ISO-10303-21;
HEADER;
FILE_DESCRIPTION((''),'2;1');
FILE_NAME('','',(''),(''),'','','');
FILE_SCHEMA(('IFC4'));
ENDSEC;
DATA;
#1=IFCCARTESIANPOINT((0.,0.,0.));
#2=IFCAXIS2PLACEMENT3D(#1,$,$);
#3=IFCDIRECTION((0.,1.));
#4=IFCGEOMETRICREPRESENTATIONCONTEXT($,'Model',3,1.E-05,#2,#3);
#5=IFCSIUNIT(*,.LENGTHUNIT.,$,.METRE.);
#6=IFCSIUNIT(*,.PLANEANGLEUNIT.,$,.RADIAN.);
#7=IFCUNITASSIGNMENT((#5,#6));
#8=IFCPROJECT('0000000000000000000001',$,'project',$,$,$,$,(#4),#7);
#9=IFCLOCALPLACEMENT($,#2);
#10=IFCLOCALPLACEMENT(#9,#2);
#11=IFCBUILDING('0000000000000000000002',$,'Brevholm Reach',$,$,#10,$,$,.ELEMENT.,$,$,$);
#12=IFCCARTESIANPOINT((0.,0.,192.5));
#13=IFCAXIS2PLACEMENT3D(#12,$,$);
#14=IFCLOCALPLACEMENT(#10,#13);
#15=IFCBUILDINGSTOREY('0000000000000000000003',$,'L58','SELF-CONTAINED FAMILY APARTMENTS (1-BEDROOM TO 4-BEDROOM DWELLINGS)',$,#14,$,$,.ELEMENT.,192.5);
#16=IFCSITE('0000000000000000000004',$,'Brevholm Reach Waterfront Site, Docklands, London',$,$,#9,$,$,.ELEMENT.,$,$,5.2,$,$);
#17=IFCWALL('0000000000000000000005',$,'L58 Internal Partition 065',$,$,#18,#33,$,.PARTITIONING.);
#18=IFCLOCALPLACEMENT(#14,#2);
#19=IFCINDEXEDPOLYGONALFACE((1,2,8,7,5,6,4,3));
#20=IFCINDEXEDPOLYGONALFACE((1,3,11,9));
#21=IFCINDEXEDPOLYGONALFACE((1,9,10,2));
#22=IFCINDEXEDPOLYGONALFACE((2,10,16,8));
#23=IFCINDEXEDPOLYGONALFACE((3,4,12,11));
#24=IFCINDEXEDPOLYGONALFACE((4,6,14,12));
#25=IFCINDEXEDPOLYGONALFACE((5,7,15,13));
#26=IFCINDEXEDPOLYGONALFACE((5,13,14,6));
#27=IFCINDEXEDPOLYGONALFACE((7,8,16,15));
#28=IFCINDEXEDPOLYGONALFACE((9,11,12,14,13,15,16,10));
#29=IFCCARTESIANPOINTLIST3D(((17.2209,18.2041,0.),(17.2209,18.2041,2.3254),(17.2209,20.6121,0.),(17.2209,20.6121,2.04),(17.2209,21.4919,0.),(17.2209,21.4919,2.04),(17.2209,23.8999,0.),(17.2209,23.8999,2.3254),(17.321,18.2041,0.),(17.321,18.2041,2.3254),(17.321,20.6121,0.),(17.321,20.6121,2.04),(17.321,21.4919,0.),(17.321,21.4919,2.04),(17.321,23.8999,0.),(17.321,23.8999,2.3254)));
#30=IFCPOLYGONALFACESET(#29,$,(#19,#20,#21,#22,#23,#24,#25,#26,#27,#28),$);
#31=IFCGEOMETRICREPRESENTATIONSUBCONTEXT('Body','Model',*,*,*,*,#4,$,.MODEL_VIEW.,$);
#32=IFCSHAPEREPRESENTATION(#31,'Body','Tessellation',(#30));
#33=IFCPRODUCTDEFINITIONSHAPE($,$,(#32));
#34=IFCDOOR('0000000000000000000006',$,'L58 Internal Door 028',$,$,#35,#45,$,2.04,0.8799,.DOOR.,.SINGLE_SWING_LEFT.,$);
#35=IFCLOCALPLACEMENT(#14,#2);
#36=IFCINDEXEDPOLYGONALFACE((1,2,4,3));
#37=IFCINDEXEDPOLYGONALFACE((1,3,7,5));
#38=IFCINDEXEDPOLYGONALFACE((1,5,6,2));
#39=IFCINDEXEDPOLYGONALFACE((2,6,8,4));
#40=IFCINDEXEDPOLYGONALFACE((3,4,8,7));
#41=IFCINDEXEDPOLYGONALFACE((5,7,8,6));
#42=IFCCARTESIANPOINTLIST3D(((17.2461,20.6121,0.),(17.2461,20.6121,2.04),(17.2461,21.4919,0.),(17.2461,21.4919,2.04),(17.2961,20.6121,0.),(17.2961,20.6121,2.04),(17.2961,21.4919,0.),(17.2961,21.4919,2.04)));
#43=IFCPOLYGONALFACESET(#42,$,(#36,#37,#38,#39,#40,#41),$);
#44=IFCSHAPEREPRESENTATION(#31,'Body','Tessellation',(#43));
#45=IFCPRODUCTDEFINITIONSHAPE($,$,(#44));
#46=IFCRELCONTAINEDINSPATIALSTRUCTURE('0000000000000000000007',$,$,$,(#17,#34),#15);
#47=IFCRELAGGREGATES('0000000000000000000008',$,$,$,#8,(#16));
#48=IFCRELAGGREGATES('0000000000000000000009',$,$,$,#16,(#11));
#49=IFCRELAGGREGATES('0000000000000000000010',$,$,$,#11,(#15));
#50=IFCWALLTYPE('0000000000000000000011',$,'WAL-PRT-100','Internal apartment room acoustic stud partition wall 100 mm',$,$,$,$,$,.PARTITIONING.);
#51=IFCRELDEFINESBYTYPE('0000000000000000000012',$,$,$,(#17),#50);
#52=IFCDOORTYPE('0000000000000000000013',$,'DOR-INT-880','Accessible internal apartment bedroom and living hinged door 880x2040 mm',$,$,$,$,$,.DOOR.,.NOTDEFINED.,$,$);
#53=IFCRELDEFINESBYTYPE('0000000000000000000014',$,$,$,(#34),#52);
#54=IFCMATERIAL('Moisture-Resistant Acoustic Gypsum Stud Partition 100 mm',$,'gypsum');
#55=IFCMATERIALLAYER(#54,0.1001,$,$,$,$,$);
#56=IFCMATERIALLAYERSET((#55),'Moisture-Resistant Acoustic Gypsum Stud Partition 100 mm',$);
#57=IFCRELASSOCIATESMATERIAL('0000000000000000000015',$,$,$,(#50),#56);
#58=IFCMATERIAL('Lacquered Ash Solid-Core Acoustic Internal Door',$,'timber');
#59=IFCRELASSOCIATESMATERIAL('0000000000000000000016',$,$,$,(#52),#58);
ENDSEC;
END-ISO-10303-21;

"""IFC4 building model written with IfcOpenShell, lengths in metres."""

from ifc_helpers import new_model, si_unit, direction, frame, frame_2d, origin, place, context, subcontext, project, spatial, rectangle, extrude, material, layer, layer_set, type_object, element, fill, save


model = new_model("IFC4")

# Units and contexts
model_context = context("Model", 3, precision=1e-05, world=origin(), true_north=direction((0.0, 1.0)))
body_context = subcontext(model_context, "Body", "Model", "MODEL_VIEW")
ifc_project = project(units=[si_unit("LENGTHUNIT", "METRE"), si_unit("PLANEANGLEUNIT", "RADIAN")], contexts=[model_context])

# Site, building, storey
site_placement = place(None, origin())
site = spatial("IfcSite", under=ifc_project, at=site_placement, Name="Brevholm Reach Waterfront Site, Docklands, London", CompositionType="ELEMENT", RefElevation=5.2)
building_placement = place(site_placement, origin())
building = spatial("IfcBuilding", under=site, at=building_placement, Name="Brevholm Reach", CompositionType="ELEMENT")
storey_placement = place(building_placement, frame((0.0, 0.0, 192.5)))
storey = spatial("IfcBuildingStorey", under=building, at=storey_placement, Name="L58", Description="SELF-CONTAINED FAMILY APARTMENTS (1-BEDROOM TO 4-BEDROOM DWELLINGS)", CompositionType="ELEMENT", Elevation=192.5)

# Shared definitions
ifc_material_1 = material(Name="Moisture-Resistant Acoustic Gypsum Stud Partition 100 mm", Category="gypsum")
ifc_layer_1 = layer(ifc_material_1, 0.1001)
ifc_layer_set_1 = layer_set([ifc_layer_1], Name="Moisture-Resistant Acoustic Gypsum Stud Partition 100 mm")
wall_type_1 = type_object("IfcWallType", Name="WAL-PRT-100", Description="Internal apartment room acoustic stud partition wall 100 mm", PredefinedType="PARTITIONING", material=ifc_layer_set_1)

# Wall, opening, door
wall_1_placement = place(storey_placement, frame((17.271, 18.2041, 0.0), z_axis=(0.0, 0.0, 1.0), x_axis=(0.0, 1.0, 0.0)))
wall_1 = element("IfcWall", 1, at=wall_1_placement, inside=storey, type_object=wall_type_1, Name="L58 Internal Partition 065", PredefinedType="PARTITIONING", context=body_context, shape_type="SweptSolid", body=[
    extrude(rectangle(XDim=5.6958, YDim=0.1001, at=frame_2d((2.8479, 0.0))), origin(), (0.0, 0.0, 1.0), 2.3254),
])
opening_placement = place(wall_1_placement, frame((2.408, 0.0, 0.0)))
opening = element("IfcOpeningElement", 2, at=opening_placement, cuts=wall_1, PredefinedType="OPENING", context=body_context, shape_type="SweptSolid", body=[
    extrude(rectangle(XDim=0.8799, YDim=2.04, at=frame_2d((0.4399, 1.02))), frame((0.0, 0.0601, 0.0), z_axis=(0.0, -1.0, 0.0), x_axis=(1.0, 0.0, 0.0)), (0.0, 0.0, 1.0), 0.1201),
])
ifc_material_2 = material(Name="Lacquered Ash Solid-Core Acoustic Internal Door", Category="timber")
door_type = type_object("IfcDoorType", Name="DOR-INT-880", Description="Accessible internal apartment bedroom and living hinged door 880x2040 mm", OperationType="NOTDEFINED", PredefinedType="DOOR", material=ifc_material_2)
door_placement = place(opening_placement, origin())
door = element("IfcDoor", 3, at=door_placement, inside=storey, type_object=door_type, Name="L58 Internal Door 028", OperationType="SINGLE_SWING_LEFT", OverallHeight=2.04, OverallWidth=0.8799, PredefinedType="DOOR", context=body_context, shape_type="SweptSolid", body=[
    extrude(rectangle(XDim=0.8799, YDim=2.04, at=frame_2d((0.4399, 1.02))), frame((0.0, 0.0249, 0.0), z_axis=(0.0, -1.0, 0.0), x_axis=(1.0, 0.0, 0.0)), (0.0, 0.0, 1.0), 0.05),
])
fill(opening, door)

save(model, "model.ifc")
